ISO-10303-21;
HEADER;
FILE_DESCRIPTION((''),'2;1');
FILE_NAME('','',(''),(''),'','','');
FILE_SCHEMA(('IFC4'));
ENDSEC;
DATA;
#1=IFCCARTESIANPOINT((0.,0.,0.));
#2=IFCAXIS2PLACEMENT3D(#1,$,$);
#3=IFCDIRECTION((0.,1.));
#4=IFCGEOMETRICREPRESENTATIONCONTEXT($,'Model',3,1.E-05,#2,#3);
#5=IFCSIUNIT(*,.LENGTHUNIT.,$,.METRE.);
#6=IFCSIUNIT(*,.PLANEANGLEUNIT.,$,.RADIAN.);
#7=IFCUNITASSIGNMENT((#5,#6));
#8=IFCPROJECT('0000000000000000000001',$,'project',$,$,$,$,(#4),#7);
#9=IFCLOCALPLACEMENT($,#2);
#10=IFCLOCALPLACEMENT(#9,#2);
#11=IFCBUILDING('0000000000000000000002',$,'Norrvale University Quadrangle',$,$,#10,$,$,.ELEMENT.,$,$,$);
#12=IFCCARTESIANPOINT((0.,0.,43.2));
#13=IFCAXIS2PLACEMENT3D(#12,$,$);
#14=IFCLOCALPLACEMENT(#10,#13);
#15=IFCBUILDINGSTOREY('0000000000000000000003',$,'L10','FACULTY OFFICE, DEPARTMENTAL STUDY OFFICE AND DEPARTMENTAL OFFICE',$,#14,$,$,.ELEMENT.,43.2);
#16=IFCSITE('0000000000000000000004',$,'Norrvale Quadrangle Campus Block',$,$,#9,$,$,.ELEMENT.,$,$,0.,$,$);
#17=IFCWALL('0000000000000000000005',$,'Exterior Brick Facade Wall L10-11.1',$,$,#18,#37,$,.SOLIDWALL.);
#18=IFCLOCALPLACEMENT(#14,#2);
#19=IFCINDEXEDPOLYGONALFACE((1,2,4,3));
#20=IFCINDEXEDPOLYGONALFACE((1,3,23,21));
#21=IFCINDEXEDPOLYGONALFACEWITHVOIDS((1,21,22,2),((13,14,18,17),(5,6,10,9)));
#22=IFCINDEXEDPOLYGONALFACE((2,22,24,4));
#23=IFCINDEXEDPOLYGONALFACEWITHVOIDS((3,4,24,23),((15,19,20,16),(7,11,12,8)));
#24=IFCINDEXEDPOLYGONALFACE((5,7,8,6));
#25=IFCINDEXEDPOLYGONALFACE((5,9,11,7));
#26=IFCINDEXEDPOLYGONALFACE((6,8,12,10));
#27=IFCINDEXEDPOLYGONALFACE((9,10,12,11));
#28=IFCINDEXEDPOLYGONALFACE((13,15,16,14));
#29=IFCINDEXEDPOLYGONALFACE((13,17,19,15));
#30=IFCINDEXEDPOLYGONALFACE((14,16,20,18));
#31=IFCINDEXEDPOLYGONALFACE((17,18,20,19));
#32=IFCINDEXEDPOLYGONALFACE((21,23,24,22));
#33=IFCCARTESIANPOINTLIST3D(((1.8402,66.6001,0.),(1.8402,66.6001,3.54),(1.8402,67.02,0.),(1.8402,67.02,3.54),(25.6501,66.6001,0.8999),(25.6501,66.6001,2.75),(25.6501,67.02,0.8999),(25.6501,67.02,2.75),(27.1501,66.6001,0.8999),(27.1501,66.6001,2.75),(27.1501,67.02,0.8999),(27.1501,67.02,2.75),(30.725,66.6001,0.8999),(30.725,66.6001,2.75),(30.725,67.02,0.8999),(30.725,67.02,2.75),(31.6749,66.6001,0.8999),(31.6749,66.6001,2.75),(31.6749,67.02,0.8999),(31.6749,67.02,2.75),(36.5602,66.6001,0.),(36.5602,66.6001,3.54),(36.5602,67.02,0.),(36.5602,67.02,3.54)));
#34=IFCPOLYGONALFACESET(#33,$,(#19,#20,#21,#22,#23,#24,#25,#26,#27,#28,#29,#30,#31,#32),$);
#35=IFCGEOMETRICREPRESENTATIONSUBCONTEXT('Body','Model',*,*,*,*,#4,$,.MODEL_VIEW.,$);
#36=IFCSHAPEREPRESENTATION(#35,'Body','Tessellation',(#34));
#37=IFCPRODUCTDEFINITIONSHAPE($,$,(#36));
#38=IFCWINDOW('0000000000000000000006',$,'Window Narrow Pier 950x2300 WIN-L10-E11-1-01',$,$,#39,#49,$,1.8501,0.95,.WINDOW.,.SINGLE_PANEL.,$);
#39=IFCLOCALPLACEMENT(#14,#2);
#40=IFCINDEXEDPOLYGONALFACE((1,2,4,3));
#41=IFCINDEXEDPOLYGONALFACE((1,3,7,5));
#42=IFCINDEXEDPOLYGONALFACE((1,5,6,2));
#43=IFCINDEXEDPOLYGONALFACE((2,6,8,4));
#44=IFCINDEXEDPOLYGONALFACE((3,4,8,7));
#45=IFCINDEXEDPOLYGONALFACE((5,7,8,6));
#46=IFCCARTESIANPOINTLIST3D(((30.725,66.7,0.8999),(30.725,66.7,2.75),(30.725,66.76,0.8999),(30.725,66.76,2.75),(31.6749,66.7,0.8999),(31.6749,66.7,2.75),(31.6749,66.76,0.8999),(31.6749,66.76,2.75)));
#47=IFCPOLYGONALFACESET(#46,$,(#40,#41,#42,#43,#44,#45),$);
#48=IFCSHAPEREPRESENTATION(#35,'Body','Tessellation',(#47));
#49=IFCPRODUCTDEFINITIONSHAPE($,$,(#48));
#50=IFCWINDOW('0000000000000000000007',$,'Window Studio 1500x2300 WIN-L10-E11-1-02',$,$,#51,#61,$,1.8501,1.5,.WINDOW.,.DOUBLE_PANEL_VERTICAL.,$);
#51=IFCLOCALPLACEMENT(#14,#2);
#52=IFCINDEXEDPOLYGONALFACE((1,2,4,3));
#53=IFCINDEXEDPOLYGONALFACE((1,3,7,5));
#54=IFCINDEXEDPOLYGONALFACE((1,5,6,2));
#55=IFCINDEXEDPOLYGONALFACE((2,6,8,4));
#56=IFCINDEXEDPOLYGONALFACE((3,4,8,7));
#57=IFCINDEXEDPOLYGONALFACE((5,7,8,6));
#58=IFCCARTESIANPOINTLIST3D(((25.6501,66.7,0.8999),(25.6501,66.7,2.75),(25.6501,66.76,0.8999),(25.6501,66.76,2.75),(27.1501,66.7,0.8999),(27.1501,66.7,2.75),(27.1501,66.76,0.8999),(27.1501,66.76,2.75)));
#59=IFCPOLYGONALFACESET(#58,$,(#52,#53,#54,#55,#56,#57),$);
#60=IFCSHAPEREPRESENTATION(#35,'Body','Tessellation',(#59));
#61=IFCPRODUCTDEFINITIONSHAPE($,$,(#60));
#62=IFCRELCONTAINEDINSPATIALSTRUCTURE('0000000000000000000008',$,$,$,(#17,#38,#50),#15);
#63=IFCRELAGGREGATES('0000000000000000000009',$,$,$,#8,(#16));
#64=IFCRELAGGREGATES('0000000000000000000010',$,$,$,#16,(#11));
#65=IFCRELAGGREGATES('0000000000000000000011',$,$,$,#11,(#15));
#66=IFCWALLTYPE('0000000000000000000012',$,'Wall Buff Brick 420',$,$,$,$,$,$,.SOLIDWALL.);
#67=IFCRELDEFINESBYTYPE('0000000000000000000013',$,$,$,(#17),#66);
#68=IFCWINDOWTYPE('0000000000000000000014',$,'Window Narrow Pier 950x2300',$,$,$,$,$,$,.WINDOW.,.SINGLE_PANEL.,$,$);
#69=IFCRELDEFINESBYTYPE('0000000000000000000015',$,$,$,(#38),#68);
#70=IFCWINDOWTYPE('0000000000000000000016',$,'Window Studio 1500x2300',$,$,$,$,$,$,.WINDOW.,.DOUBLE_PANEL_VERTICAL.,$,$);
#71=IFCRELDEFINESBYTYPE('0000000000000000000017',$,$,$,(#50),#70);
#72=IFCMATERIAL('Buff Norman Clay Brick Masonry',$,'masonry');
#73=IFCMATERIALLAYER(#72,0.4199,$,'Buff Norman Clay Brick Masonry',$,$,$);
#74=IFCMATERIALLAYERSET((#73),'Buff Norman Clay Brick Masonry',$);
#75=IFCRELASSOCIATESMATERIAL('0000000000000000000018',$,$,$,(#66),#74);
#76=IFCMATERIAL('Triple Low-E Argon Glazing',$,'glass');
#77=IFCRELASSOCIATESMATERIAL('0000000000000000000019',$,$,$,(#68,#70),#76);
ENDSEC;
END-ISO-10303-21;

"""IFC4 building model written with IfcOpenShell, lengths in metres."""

from ifc_helpers import new_model, si_unit, direction, frame, frame_2d, origin, place, context, subcontext, project, spatial, rectangle, extrude, material, layer, layer_set, type_object, element, fill, save


model = new_model("IFC4")

# Units and contexts
model_context = context("Model", 3, precision=1e-05, world=origin(), true_north=direction((0.0, 1.0)))
body_context = subcontext(model_context, "Body", "Model", "MODEL_VIEW")
ifc_project = project(units=[si_unit("LENGTHUNIT", "METRE"), si_unit("PLANEANGLEUNIT", "RADIAN")], contexts=[model_context])

# Site, building, storey
site_placement = place(None, origin())
site = spatial("IfcSite", under=ifc_project, at=site_placement, Name="Norrvale Quadrangle Campus Block", CompositionType="ELEMENT", RefElevation=0.0)
building_placement = place(site_placement, origin())
building = spatial("IfcBuilding", under=site, at=building_placement, Name="Norrvale University Quadrangle", CompositionType="ELEMENT")
storey_placement = place(building_placement, frame((0.0, 0.0, 43.2)))
storey = spatial("IfcBuildingStorey", under=building, at=storey_placement, Name="L10", Description="FACULTY OFFICE, DEPARTMENTAL STUDY OFFICE AND DEPARTMENTAL OFFICE", CompositionType="ELEMENT", Elevation=43.2)

# Shared definitions
ifc_material_1 = material(Name="Buff Norman Clay Brick Masonry", Category="masonry")
ifc_layer = layer(ifc_material_1, 0.4199, Name="Buff Norman Clay Brick Masonry")
ifc_layer_set = layer_set([ifc_layer], Name="Buff Norman Clay Brick Masonry")
wall_type = type_object("IfcWallType", Name="Wall Buff Brick 420", PredefinedType="SOLIDWALL", material=ifc_layer_set)

# Wall, openings, windows
wall_placement = place(storey_placement, frame((36.5601, 66.8101, 0.0), z_axis=(0.0, 0.0, 1.0), x_axis=(-1.0, 0.0, 0.0)))
wall = element("IfcWall", 1, at=wall_placement, inside=storey, type_object=wall_type, Name="Exterior Brick Facade Wall L10-11.1", PredefinedType="SOLIDWALL", context=body_context, shape_type="SweptSolid", body=[
    extrude(rectangle(XDim=34.72, YDim=0.4199, at=frame_2d((17.3599, 0.0))), origin(), (0.0, 0.0, 1.0), 3.54),
])
opening_1_placement = place(wall_placement, frame((4.885, 0.0, 0.8999)))
opening_1 = element("IfcOpeningElement", 2, at=opening_1_placement, cuts=wall, PredefinedType="OPENING", context=body_context, shape_type="SweptSolid", body=[
    extrude(rectangle(XDim=0.95, YDim=1.8501, at=frame_2d((0.4751, 0.925))), frame((0.0, 0.2219, 0.0), z_axis=(0.0, -1.0, 0.0), x_axis=(1.0, 0.0, 0.0)), (0.0, 0.0, 1.0), 0.4438),
])
opening_2_placement = place(wall_placement, frame((9.4099, 0.0, 0.8999)))
opening_2 = element("IfcOpeningElement", 3, at=opening_2_placement, cuts=wall, PredefinedType="OPENING", context=body_context, shape_type="SweptSolid", body=[
    extrude(rectangle(XDim=1.5, YDim=1.8501, at=frame_2d((0.75, 0.925))), frame((0.0, 0.2219, 0.0), z_axis=(0.0, -1.0, 0.0), x_axis=(1.0, 0.0, 0.0)), (0.0, 0.0, 1.0), 0.4438),
])
ifc_material_2 = material(Name="Triple Low-E Argon Glazing", Category="glass")
window_type_1 = type_object("IfcWindowType", Name="Window Narrow Pier 950x2300", PartitioningType="SINGLE_PANEL", PredefinedType="WINDOW", material=ifc_material_2)
window_1_placement = place(opening_1_placement, origin())
window_1 = element("IfcWindow", 4, at=window_1_placement, inside=storey, type_object=window_type_1, Name="Window Narrow Pier 950x2300 WIN-L10-E11-1-01", OverallHeight=1.8501, OverallWidth=0.95, PartitioningType="SINGLE_PANEL", PredefinedType="WINDOW", context=body_context, shape_type="SweptSolid", body=[
    extrude(rectangle(XDim=0.95, YDim=1.8501, at=frame_2d((0.4751, 0.925))), frame((0.0, 0.1101, 0.0), z_axis=(0.0, -1.0, 0.0), x_axis=(1.0, 0.0, 0.0)), (0.0, 0.0, 1.0), 0.0601),
])
fill(opening_1, window_1)
window_type_2 = type_object("IfcWindowType", Name="Window Studio 1500x2300", PartitioningType="DOUBLE_PANEL_VERTICAL", PredefinedType="WINDOW", material=ifc_material_2)
window_2_placement = place(opening_2_placement, origin())
window_2 = element("IfcWindow", 5, at=window_2_placement, inside=storey, type_object=window_type_2, Name="Window Studio 1500x2300 WIN-L10-E11-1-02", OverallHeight=1.8501, OverallWidth=1.5, PartitioningType="DOUBLE_PANEL_VERTICAL", PredefinedType="WINDOW", context=body_context, shape_type="SweptSolid", body=[
    extrude(rectangle(XDim=1.5, YDim=1.8501, at=frame_2d((0.75, 0.925))), frame((0.0, 0.1101, 0.0), z_axis=(0.0, -1.0, 0.0), x_axis=(1.0, 0.0, 0.0)), (0.0, 0.0, 1.0), 0.0601),
])
fill(opening_2, window_2)

save(model, "model.ifc")
